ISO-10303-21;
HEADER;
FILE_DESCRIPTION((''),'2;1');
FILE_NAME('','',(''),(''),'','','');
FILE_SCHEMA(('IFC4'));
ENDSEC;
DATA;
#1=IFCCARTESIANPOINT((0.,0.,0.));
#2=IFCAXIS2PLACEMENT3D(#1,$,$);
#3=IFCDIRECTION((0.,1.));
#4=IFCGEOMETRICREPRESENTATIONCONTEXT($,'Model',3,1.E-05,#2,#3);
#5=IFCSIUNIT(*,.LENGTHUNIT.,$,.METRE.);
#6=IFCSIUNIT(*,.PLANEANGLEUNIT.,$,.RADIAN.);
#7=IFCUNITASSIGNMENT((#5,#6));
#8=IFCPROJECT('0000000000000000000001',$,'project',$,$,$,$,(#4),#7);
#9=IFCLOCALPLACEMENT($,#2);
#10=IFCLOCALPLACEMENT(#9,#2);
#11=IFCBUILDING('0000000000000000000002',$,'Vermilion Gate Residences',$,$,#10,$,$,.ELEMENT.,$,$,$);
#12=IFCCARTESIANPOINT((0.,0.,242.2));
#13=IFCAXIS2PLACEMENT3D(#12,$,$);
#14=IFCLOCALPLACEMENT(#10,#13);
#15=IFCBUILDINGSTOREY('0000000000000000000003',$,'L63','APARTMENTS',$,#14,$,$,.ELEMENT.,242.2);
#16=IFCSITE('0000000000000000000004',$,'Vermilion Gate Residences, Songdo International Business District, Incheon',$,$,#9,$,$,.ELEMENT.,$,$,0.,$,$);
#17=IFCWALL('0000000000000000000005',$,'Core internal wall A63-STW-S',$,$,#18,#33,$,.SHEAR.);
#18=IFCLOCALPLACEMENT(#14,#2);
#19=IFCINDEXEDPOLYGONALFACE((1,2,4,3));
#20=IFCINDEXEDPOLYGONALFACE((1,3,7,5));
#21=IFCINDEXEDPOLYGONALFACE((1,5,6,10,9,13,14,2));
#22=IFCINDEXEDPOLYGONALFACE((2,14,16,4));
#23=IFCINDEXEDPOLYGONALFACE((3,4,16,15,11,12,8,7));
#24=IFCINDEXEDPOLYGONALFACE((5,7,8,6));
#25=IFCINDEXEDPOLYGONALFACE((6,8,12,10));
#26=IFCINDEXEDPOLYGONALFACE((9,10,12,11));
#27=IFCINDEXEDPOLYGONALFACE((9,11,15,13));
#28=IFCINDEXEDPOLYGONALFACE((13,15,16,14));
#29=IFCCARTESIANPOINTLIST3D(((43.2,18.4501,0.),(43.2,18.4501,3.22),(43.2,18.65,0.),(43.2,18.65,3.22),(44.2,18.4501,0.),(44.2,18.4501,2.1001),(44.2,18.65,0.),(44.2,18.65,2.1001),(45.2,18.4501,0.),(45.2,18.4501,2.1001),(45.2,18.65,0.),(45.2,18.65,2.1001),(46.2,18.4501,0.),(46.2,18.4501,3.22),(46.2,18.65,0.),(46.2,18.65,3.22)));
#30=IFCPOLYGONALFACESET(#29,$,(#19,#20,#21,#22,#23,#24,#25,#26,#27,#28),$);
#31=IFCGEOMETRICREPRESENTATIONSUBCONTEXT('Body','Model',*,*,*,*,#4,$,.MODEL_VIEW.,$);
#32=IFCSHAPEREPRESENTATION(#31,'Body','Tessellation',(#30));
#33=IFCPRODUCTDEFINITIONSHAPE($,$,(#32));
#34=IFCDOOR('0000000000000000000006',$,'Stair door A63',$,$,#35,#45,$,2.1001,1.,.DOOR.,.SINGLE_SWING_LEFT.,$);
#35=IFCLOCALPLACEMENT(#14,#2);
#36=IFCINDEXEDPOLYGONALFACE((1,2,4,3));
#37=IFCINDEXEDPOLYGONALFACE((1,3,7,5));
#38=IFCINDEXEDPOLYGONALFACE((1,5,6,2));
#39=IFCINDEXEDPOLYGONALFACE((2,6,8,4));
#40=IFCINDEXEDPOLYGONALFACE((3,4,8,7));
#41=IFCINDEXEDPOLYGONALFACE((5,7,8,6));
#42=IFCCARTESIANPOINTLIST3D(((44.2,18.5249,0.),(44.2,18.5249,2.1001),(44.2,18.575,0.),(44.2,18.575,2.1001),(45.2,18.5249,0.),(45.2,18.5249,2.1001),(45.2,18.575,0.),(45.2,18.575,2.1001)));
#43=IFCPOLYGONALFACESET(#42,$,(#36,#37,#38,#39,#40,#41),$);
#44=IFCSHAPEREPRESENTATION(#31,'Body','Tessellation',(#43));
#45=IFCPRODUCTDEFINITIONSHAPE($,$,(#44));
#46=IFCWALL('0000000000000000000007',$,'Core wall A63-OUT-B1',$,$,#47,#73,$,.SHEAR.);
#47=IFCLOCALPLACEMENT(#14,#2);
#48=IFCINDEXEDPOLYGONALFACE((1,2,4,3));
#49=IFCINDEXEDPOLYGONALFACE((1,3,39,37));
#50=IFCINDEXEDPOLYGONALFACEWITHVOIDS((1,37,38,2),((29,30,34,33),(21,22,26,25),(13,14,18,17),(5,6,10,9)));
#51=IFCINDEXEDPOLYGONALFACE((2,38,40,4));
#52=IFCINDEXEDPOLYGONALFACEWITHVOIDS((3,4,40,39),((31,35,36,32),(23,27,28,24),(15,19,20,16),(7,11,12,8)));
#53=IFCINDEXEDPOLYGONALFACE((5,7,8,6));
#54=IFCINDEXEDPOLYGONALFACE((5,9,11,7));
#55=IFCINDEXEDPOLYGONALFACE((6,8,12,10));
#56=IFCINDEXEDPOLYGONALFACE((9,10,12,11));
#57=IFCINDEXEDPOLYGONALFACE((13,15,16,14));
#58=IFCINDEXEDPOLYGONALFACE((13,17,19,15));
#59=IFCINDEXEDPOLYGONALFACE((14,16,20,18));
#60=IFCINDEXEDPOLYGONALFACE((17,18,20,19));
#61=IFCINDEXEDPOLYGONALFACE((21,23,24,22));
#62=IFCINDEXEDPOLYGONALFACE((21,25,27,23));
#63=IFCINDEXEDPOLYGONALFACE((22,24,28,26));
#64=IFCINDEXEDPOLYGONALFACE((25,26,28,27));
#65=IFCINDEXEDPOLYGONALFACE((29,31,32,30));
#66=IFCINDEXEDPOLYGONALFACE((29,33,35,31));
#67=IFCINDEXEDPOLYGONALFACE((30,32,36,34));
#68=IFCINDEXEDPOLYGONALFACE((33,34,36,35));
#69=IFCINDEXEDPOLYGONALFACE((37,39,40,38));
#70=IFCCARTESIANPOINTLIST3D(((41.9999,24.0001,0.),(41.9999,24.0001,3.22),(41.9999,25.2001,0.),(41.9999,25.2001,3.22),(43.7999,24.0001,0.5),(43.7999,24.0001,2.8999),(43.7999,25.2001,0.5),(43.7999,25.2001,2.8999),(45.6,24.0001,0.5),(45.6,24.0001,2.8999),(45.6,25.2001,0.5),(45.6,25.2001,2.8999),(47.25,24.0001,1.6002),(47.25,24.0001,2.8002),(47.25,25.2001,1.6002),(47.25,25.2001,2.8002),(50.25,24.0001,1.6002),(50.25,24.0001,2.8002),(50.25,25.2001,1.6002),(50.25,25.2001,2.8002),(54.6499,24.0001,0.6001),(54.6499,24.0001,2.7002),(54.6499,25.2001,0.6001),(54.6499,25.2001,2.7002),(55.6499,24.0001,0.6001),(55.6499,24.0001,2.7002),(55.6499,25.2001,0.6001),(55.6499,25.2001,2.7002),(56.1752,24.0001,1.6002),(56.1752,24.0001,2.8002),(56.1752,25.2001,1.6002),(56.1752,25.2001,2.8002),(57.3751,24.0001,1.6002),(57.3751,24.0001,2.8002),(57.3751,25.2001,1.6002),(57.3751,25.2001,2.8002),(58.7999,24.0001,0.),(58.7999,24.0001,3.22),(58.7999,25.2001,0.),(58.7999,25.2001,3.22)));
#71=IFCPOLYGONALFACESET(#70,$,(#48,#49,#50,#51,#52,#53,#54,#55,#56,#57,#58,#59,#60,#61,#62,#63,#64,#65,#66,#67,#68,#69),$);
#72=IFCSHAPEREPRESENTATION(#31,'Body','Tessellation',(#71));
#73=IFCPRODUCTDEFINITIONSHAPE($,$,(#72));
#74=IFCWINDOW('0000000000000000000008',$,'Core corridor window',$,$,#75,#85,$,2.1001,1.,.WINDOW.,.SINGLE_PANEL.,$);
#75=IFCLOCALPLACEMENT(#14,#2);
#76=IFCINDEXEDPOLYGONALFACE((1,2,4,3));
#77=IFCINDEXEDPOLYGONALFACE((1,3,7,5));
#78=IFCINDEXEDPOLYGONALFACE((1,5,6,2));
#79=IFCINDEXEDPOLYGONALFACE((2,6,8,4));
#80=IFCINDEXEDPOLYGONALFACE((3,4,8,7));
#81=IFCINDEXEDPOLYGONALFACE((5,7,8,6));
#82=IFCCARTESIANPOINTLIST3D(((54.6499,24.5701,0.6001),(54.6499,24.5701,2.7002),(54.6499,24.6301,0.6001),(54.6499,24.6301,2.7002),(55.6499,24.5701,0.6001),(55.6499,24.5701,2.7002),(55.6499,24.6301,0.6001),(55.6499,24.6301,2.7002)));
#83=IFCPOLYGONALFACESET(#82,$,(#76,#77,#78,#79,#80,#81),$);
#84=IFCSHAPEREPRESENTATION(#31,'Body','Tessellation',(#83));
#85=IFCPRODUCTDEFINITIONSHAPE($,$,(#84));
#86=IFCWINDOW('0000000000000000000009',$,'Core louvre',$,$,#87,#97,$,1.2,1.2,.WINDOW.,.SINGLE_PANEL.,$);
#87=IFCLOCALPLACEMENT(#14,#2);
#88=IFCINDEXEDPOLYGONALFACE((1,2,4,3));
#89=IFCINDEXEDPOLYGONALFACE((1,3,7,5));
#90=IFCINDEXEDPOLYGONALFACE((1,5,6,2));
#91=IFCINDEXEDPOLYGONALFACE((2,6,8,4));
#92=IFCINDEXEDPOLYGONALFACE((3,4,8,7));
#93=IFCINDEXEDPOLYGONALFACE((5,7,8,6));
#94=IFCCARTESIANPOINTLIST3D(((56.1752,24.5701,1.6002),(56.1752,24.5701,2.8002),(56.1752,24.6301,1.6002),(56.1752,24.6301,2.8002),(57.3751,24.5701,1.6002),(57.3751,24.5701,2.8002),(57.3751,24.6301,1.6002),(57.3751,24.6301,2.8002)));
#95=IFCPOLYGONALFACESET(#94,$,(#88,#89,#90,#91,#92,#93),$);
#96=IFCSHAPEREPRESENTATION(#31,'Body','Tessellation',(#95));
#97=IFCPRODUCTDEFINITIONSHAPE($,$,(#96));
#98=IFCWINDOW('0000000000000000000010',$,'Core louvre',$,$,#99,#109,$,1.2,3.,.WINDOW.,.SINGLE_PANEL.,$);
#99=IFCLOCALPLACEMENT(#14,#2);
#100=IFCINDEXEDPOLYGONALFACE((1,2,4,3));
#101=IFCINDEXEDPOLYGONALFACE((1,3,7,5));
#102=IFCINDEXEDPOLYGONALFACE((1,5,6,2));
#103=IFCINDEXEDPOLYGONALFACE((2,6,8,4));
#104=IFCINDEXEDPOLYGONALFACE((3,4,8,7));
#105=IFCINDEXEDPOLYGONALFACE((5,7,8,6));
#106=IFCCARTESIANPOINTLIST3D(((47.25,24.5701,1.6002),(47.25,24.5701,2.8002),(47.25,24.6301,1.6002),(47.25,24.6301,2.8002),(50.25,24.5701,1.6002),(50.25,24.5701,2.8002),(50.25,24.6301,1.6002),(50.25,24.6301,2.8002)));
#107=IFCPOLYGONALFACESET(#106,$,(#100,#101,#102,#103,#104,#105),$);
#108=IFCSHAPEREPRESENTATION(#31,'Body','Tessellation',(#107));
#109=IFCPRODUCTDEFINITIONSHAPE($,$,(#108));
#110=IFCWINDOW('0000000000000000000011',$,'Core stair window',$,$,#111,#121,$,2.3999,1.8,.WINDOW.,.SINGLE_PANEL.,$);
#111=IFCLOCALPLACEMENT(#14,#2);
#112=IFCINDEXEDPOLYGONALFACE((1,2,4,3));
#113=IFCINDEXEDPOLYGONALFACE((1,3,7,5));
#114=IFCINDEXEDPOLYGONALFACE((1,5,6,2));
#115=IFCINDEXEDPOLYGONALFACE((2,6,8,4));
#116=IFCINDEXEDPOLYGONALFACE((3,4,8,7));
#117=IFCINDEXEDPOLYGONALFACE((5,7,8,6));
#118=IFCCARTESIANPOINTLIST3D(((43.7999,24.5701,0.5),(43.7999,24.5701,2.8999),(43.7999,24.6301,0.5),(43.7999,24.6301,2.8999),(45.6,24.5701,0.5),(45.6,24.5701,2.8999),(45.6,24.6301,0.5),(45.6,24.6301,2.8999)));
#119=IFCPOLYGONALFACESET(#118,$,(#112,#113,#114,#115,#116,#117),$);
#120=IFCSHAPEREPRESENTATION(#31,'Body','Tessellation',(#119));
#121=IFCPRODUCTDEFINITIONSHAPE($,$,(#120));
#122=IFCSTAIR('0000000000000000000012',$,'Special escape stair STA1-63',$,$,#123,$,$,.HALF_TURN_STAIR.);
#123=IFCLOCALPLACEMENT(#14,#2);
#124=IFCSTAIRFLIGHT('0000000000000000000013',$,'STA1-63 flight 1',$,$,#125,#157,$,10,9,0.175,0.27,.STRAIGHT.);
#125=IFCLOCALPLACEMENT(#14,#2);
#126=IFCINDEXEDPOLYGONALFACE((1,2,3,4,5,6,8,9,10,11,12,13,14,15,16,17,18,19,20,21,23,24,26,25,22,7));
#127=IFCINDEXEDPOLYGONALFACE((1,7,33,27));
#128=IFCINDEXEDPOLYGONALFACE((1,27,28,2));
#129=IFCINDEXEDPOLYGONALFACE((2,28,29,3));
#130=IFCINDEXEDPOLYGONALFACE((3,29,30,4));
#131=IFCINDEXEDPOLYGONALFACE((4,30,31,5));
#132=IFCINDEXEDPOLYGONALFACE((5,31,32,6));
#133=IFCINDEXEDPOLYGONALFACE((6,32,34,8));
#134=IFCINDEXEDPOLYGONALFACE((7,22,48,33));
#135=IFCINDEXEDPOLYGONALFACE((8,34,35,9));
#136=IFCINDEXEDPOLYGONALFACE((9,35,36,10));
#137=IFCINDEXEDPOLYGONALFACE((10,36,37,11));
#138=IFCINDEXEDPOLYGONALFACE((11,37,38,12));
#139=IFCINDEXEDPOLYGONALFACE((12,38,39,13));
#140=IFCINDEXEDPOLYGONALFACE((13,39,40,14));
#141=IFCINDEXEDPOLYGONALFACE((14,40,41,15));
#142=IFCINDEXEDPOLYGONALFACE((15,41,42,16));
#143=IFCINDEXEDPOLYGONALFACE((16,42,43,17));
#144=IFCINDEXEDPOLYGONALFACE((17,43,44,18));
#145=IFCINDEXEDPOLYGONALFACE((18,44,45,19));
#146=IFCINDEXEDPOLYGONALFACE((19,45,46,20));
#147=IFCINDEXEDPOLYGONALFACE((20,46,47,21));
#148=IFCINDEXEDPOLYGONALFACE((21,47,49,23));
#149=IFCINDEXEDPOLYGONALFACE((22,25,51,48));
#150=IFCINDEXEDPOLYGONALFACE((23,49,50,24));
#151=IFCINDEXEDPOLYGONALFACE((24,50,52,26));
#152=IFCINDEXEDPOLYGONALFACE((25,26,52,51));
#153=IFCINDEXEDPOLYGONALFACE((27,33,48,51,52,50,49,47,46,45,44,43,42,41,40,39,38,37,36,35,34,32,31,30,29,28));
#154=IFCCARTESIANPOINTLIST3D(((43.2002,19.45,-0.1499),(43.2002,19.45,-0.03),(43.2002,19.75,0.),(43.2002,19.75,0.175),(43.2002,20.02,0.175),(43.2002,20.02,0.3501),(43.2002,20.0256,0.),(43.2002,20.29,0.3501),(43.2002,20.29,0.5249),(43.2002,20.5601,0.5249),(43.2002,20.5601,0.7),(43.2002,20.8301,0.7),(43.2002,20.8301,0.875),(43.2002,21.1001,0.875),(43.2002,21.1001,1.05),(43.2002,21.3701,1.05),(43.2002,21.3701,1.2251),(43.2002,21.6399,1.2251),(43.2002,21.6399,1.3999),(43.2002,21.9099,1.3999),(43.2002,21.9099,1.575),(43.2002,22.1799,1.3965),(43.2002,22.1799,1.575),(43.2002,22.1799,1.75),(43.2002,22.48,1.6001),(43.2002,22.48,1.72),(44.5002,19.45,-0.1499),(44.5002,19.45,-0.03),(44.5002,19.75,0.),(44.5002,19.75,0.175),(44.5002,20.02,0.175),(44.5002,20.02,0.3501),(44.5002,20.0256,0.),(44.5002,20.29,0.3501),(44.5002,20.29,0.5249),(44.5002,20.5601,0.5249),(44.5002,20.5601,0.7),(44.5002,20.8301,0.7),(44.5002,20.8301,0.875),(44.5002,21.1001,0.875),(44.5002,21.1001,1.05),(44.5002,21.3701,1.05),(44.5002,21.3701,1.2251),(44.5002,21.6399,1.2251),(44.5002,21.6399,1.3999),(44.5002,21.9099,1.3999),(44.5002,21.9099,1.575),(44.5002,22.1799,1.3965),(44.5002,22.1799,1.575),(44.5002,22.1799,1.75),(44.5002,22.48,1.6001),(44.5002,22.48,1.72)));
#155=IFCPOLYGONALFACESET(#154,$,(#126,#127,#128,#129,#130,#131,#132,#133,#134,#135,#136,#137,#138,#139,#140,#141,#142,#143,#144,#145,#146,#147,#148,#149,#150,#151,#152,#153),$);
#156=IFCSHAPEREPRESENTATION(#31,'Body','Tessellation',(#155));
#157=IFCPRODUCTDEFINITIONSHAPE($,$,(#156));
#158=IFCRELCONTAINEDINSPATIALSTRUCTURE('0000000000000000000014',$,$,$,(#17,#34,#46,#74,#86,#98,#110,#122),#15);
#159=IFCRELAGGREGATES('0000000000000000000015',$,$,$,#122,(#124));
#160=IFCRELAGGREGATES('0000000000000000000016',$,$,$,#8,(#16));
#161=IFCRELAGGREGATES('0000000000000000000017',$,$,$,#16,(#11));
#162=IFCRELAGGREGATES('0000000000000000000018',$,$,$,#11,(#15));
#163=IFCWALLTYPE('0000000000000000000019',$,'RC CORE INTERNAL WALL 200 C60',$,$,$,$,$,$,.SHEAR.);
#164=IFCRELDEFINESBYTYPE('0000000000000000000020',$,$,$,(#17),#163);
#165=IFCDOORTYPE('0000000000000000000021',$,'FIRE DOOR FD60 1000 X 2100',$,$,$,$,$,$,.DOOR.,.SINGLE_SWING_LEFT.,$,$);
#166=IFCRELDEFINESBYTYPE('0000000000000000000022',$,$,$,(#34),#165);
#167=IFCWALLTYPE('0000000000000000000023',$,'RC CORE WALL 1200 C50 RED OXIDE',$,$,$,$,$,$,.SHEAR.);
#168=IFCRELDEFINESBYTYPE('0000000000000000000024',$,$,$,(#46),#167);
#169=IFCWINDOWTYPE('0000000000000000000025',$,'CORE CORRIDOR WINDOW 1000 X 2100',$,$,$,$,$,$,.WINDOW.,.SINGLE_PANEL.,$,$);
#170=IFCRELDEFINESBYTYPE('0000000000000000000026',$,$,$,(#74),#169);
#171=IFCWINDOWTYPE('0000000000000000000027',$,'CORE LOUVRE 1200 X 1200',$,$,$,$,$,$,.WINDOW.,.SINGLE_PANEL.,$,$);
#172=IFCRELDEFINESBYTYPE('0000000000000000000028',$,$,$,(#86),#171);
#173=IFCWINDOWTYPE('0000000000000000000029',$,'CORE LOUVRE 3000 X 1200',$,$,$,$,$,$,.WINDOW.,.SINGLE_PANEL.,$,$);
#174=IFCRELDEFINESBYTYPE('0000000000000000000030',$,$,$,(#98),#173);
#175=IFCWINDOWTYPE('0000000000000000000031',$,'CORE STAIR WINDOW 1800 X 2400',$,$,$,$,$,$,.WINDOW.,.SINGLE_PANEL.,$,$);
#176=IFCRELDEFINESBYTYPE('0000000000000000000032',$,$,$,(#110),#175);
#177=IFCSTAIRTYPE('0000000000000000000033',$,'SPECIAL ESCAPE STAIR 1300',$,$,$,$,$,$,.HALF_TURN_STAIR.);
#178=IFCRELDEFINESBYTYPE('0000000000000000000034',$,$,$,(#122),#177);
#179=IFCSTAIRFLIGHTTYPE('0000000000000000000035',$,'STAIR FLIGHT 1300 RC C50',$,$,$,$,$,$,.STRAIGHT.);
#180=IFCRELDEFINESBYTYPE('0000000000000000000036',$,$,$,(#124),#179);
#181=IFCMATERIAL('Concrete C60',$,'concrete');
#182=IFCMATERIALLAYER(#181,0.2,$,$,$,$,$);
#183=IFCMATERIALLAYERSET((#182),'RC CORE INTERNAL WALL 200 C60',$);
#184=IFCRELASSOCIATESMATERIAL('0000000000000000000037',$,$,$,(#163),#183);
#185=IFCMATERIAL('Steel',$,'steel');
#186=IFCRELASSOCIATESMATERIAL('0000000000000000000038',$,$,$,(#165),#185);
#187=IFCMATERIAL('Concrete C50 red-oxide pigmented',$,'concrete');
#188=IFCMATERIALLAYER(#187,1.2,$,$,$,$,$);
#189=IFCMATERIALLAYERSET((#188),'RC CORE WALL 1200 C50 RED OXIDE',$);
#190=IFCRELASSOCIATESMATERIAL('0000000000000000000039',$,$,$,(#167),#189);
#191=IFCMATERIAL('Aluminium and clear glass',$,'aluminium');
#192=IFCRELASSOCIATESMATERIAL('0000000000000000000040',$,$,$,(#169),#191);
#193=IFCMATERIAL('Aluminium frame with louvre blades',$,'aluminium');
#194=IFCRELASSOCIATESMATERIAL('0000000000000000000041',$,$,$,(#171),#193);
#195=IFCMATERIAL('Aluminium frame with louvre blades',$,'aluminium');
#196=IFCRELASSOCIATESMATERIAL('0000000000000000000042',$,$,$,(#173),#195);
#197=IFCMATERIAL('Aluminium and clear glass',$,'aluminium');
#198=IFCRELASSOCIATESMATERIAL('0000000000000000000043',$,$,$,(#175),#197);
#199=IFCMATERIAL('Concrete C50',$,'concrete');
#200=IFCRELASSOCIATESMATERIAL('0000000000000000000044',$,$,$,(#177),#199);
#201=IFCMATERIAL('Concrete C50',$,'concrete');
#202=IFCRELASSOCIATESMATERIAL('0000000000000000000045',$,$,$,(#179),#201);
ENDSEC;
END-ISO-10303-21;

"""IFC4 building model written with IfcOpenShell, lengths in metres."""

from ifc_helpers import new_model, si_unit, direction, frame, frame_2d, origin, place, context, subcontext, project, spatial, polyline, rectangle, outline, extrude, material, layer, layer_set, type_object, element, fill, aggregate, save


model = new_model("IFC4")

# Units and contexts
model_context = context("Model", 3, precision=1e-05, world=origin(), true_north=direction((0.0, 1.0)))
body_context = subcontext(model_context, "Body", "Model", "MODEL_VIEW")
ifc_project = project(units=[si_unit("LENGTHUNIT", "METRE"), si_unit("PLANEANGLEUNIT", "RADIAN")], contexts=[model_context])

# Site, building, storey
site_placement = place(None, origin())
site = spatial("IfcSite", under=ifc_project, at=site_placement, Name="Vermilion Gate Residences, Songdo International Business District, Incheon", CompositionType="ELEMENT", RefElevation=0.0)
building_placement = place(site_placement, origin())
building = spatial("IfcBuilding", under=site, at=building_placement, Name="Vermilion Gate Residences", CompositionType="ELEMENT")
storey_placement = place(building_placement, frame((0.0, 0.0, 242.2)))
storey = spatial("IfcBuildingStorey", under=building, at=storey_placement, Name="L63", Description="APARTMENTS", CompositionType="ELEMENT", Elevation=242.2)

# Shared definitions
ifc_material_1 = material(Name="Concrete C60", Category="concrete")
ifc_layer_1 = layer(ifc_material_1, 0.2)
ifc_layer_set_1 = layer_set([ifc_layer_1], Name="RC CORE INTERNAL WALL 200 C60")
wall_type_1 = type_object("IfcWallType", Name="RC CORE INTERNAL WALL 200 C60", PredefinedType="SHEAR", material=ifc_layer_set_1)

# Wall, opening, door
wall_1_placement = place(storey_placement, frame((43.2, 18.55, 0.0), z_axis=(0.0, 0.0, 1.0), x_axis=(1.0, 0.0, 0.0)))
wall_1 = element("IfcWall", 1, at=wall_1_placement, inside=storey, type_object=wall_type_1, Name="Core internal wall A63-STW-S", PredefinedType="SHEAR", context=body_context, shape_type="SweptSolid", body=[
    extrude(rectangle(XDim=3.0, YDim=0.2, at=frame_2d((1.5, 0.0))), origin(), (0.0, 0.0, 1.0), 3.22),
])
opening_1_placement = place(wall_1_placement, frame((1.0, 0.0, 0.0)))
opening_1 = element("IfcOpeningElement", 2, at=opening_1_placement, cuts=wall_1, PredefinedType="OPENING", context=body_context, shape_type="SweptSolid", body=[
    extrude(rectangle(XDim=1.0, YDim=2.1001, at=frame_2d((0.5, 1.05))), frame((0.0, 0.1099, 0.0), z_axis=(0.0, -1.0, 0.0), x_axis=(1.0, 0.0, 0.0)), (0.0, 0.0, 1.0), 0.22),
])
ifc_material_2 = material(Name="Steel", Category="steel")
door_type_1 = type_object("IfcDoorType", Name="FIRE DOOR FD60 1000 X 2100", OperationType="SINGLE_SWING_LEFT", PredefinedType="DOOR", material=ifc_material_2)
door_1_placement = place(opening_1_placement, origin())
door_1 = element("IfcDoor", 3, at=door_1_placement, inside=storey, type_object=door_type_1, Name="Stair door A63", OperationType="SINGLE_SWING_LEFT", OverallHeight=2.1001, OverallWidth=1.0, PredefinedType="DOOR", context=body_context, shape_type="SweptSolid", body=[
    extrude(rectangle(XDim=1.0, YDim=2.1001, at=frame_2d((0.5, 1.05))), frame((0.0, 0.0249, 0.0), z_axis=(0.0, -1.0, 0.0), x_axis=(1.0, 0.0, 0.0)), (0.0, 0.0, 1.0), 0.05),
])
fill(opening_1, door_1)

# Wall, openings, windows
ifc_material_3 = material(Name="Concrete C50 red-oxide pigmented", Category="concrete")
ifc_layer_2 = layer(ifc_material_3, 1.2)
ifc_layer_set_2 = layer_set([ifc_layer_2], Name="RC CORE WALL 1200 C50 RED OXIDE")
wall_type_2 = type_object("IfcWallType", Name="RC CORE WALL 1200 C50 RED OXIDE", PredefinedType="SHEAR", material=ifc_layer_set_2)
wall_2_placement = place(storey_placement, frame((42.0, 24.6001, 0.0), z_axis=(0.0, 0.0, 1.0), x_axis=(1.0, 0.0, 0.0)))
wall_2 = element("IfcWall", 4, at=wall_2_placement, inside=storey, type_object=wall_type_2, Name="Core wall A63-OUT-B1", PredefinedType="SHEAR", context=body_context, shape_type="SweptSolid", body=[
    extrude(rectangle(XDim=16.8, YDim=1.2, at=frame_2d((8.3999, 0.0))), origin(), (0.0, 0.0, 1.0), 3.22),
])
opening_2_placement = place(wall_2_placement, frame((1.8, 0.0, 0.5)))
opening_2 = element("IfcOpeningElement", 5, at=opening_2_placement, cuts=wall_2, PredefinedType="OPENING", context=body_context, shape_type="SweptSolid", body=[
    extrude(rectangle(XDim=1.8, YDim=2.3999, at=frame_2d((0.8999, 1.2))), frame((0.0, 0.6099, 0.0), z_axis=(0.0, -1.0, 0.0), x_axis=(1.0, 0.0, 0.0)), (0.0, 0.0, 1.0), 1.22),
])
opening_3_placement = place(wall_2_placement, frame((5.25, 0.0, 1.6001)))
opening_3 = element("IfcOpeningElement", 6, at=opening_3_placement, cuts=wall_2, PredefinedType="OPENING", context=body_context, shape_type="SweptSolid", body=[
    extrude(rectangle(XDim=3.0, YDim=1.2, at=frame_2d((1.5, 0.6001))), frame((0.0, 0.6099, 0.0), z_axis=(0.0, -1.0, 0.0), x_axis=(1.0, 0.0, 0.0)), (0.0, 0.0, 1.0), 1.22),
])
opening_4_placement = place(wall_2_placement, frame((12.6499, 0.0, 0.6001)))
opening_4 = element("IfcOpeningElement", 7, at=opening_4_placement, cuts=wall_2, PredefinedType="OPENING", context=body_context, shape_type="SweptSolid", body=[
    extrude(rectangle(XDim=1.0, YDim=2.1001, at=frame_2d((0.5, 1.05))), frame((0.0, 0.6099, 0.0), z_axis=(0.0, -1.0, 0.0), x_axis=(1.0, 0.0, 0.0)), (0.0, 0.0, 1.0), 1.22),
])
opening_5_placement = place(wall_2_placement, frame((14.175, 0.0, 1.6001)))
opening_5 = element("IfcOpeningElement", 8, at=opening_5_placement, cuts=wall_2, PredefinedType="OPENING", context=body_context, shape_type="SweptSolid", body=[
    extrude(rectangle(XDim=1.2, YDim=1.2, at=frame_2d((0.6001, 0.6001))), frame((0.0, 0.6099, 0.0), z_axis=(0.0, -1.0, 0.0), x_axis=(1.0, 0.0, 0.0)), (0.0, 0.0, 1.0), 1.22),
])
ifc_material_4 = material(Name="Aluminium and clear glass", Category="aluminium")
window_type_1 = type_object("IfcWindowType", Name="CORE CORRIDOR WINDOW 1000 X 2100", PartitioningType="SINGLE_PANEL", PredefinedType="WINDOW", material=ifc_material_4)
window_1_placement = place(opening_4_placement, origin())
window_1 = element("IfcWindow", 9, at=window_1_placement, inside=storey, type_object=window_type_1, Name="Core corridor window", OverallHeight=2.1001, OverallWidth=1.0, PartitioningType="SINGLE_PANEL", PredefinedType="WINDOW", context=body_context, shape_type="SweptSolid", body=[
    extrude(rectangle(XDim=1.0, YDim=2.1001, at=frame_2d((0.5, 1.05))), frame((0.0, 0.03, 0.0), z_axis=(0.0, -1.0, 0.0), x_axis=(1.0, 0.0, 0.0)), (0.0, 0.0, 1.0), 0.0601),
])
fill(opening_4, window_1)
ifc_material_5 = material(Name="Aluminium frame with louvre blades", Category="aluminium")
window_type_2 = type_object("IfcWindowType", Name="CORE LOUVRE 1200 X 1200", PartitioningType="SINGLE_PANEL", PredefinedType="WINDOW", material=ifc_material_5)
window_2_placement = place(opening_5_placement, origin())
window_2 = element("IfcWindow", 10, at=window_2_placement, inside=storey, type_object=window_type_2, Name="Core louvre", OverallHeight=1.2, OverallWidth=1.2, PartitioningType="SINGLE_PANEL", PredefinedType="WINDOW", context=body_context, shape_type="SweptSolid", body=[
    extrude(rectangle(XDim=1.2, YDim=1.2, at=frame_2d((0.6001, 0.6001))), frame((0.0, 0.03, 0.0), z_axis=(0.0, -1.0, 0.0), x_axis=(1.0, 0.0, 0.0)), (0.0, 0.0, 1.0), 0.0601),
])
fill(opening_5, window_2)
ifc_material_6 = material(Name="Aluminium frame with louvre blades", Category="aluminium")
window_type_3 = type_object("IfcWindowType", Name="CORE LOUVRE 3000 X 1200", PartitioningType="SINGLE_PANEL", PredefinedType="WINDOW", material=ifc_material_6)
window_3_placement = place(opening_3_placement, origin())
window_3 = element("IfcWindow", 11, at=window_3_placement, inside=storey, type_object=window_type_3, Name="Core louvre", OverallHeight=1.2, OverallWidth=3.0, PartitioningType="SINGLE_PANEL", PredefinedType="WINDOW", context=body_context, shape_type="SweptSolid", body=[
    extrude(rectangle(XDim=3.0, YDim=1.2, at=frame_2d((1.5, 0.6001))), frame((0.0, 0.03, 0.0), z_axis=(0.0, -1.0, 0.0), x_axis=(1.0, 0.0, 0.0)), (0.0, 0.0, 1.0), 0.0601),
])
fill(opening_3, window_3)
ifc_material_7 = material(Name="Aluminium and clear glass", Category="aluminium")
window_type_4 = type_object("IfcWindowType", Name="CORE STAIR WINDOW 1800 X 2400", PartitioningType="SINGLE_PANEL", PredefinedType="WINDOW", material=ifc_material_7)
window_4_placement = place(opening_2_placement, origin())
window_4 = element("IfcWindow", 12, at=window_4_placement, inside=storey, type_object=window_type_4, Name="Core stair window", OverallHeight=2.3999, OverallWidth=1.8, PartitioningType="SINGLE_PANEL", PredefinedType="WINDOW", context=body_context, shape_type="SweptSolid", body=[
    extrude(rectangle(XDim=1.8, YDim=2.3999, at=frame_2d((0.8999, 1.2))), frame((0.0, 0.03, 0.0), z_axis=(0.0, -1.0, 0.0), x_axis=(1.0, 0.0, 0.0)), (0.0, 0.0, 1.0), 0.0601),
])
fill(opening_2, window_4)

# Stair, stair flight
ifc_material_8 = material(Name="Concrete C50", Category="concrete")
stair_type = type_object("IfcStairType", Name="SPECIAL ESCAPE STAIR 1300", PredefinedType="HALF_TURN_STAIR", material=ifc_material_8)
stair_placement = place(storey_placement, origin())
stair = element("IfcStair", 13, at=stair_placement, inside=storey, type_object=stair_type, Name="Special escape stair STA1-63", PredefinedType="HALF_TURN_STAIR")
ifc_material_9 = material(Name="Concrete C50", Category="concrete")
stair_flight_type = type_object("IfcStairFlightType", Name="STAIR FLIGHT 1300 RC C50", PredefinedType="STRAIGHT", material=ifc_material_9)
stair_flight_1_placement = place(storey_placement, frame((43.8501, 19.75, 0.0), z_axis=(0.0, 0.0, 1.0), x_axis=(0.0, 1.0, 0.0)))
stair_flight_1 = element("IfcStairFlight", 14, at=stair_flight_1_placement, type_object=stair_flight_type, Name="STA1-63 flight 1", NumberOfRisers=10, NumberOfTreads=9, PredefinedType="STRAIGHT", RiserHeight=0.175, TreadLength=0.27, context=body_context, shape_type="SweptSolid", body=[
    extrude(outline(polyline([(-0.3, -0.1499), (-0.3, -0.03), (0.0, 0.0), (0.0, 0.175), (0.27, 0.175), (0.27, 0.3501), (0.54, 0.3501), (0.54, 0.5249), (0.8101, 0.5249), (0.8101, 0.7), (1.0801, 0.7), (1.0801, 0.875), (1.3501, 0.875), (1.3501, 1.05), (1.6201, 1.05), (1.6201, 1.2251), (1.8899, 1.2251), (1.8899, 1.3999), (2.1599, 1.3999), (2.1599, 1.575), (2.4299, 1.575), (2.4299, 1.75), (2.73, 1.72), (2.73, 1.6001), (2.4299, 1.3965), (0.2756, 0.0), (-0.3, -0.1499)])), frame((0.0, 0.6499, 0.0), z_axis=(0.0, -1.0, 0.0), x_axis=(1.0, 0.0, 0.0)), (0.0, 0.0, 1.0), 1.3),
])
aggregate(stair, [stair_flight_1])

save(model, "model.ifc")
